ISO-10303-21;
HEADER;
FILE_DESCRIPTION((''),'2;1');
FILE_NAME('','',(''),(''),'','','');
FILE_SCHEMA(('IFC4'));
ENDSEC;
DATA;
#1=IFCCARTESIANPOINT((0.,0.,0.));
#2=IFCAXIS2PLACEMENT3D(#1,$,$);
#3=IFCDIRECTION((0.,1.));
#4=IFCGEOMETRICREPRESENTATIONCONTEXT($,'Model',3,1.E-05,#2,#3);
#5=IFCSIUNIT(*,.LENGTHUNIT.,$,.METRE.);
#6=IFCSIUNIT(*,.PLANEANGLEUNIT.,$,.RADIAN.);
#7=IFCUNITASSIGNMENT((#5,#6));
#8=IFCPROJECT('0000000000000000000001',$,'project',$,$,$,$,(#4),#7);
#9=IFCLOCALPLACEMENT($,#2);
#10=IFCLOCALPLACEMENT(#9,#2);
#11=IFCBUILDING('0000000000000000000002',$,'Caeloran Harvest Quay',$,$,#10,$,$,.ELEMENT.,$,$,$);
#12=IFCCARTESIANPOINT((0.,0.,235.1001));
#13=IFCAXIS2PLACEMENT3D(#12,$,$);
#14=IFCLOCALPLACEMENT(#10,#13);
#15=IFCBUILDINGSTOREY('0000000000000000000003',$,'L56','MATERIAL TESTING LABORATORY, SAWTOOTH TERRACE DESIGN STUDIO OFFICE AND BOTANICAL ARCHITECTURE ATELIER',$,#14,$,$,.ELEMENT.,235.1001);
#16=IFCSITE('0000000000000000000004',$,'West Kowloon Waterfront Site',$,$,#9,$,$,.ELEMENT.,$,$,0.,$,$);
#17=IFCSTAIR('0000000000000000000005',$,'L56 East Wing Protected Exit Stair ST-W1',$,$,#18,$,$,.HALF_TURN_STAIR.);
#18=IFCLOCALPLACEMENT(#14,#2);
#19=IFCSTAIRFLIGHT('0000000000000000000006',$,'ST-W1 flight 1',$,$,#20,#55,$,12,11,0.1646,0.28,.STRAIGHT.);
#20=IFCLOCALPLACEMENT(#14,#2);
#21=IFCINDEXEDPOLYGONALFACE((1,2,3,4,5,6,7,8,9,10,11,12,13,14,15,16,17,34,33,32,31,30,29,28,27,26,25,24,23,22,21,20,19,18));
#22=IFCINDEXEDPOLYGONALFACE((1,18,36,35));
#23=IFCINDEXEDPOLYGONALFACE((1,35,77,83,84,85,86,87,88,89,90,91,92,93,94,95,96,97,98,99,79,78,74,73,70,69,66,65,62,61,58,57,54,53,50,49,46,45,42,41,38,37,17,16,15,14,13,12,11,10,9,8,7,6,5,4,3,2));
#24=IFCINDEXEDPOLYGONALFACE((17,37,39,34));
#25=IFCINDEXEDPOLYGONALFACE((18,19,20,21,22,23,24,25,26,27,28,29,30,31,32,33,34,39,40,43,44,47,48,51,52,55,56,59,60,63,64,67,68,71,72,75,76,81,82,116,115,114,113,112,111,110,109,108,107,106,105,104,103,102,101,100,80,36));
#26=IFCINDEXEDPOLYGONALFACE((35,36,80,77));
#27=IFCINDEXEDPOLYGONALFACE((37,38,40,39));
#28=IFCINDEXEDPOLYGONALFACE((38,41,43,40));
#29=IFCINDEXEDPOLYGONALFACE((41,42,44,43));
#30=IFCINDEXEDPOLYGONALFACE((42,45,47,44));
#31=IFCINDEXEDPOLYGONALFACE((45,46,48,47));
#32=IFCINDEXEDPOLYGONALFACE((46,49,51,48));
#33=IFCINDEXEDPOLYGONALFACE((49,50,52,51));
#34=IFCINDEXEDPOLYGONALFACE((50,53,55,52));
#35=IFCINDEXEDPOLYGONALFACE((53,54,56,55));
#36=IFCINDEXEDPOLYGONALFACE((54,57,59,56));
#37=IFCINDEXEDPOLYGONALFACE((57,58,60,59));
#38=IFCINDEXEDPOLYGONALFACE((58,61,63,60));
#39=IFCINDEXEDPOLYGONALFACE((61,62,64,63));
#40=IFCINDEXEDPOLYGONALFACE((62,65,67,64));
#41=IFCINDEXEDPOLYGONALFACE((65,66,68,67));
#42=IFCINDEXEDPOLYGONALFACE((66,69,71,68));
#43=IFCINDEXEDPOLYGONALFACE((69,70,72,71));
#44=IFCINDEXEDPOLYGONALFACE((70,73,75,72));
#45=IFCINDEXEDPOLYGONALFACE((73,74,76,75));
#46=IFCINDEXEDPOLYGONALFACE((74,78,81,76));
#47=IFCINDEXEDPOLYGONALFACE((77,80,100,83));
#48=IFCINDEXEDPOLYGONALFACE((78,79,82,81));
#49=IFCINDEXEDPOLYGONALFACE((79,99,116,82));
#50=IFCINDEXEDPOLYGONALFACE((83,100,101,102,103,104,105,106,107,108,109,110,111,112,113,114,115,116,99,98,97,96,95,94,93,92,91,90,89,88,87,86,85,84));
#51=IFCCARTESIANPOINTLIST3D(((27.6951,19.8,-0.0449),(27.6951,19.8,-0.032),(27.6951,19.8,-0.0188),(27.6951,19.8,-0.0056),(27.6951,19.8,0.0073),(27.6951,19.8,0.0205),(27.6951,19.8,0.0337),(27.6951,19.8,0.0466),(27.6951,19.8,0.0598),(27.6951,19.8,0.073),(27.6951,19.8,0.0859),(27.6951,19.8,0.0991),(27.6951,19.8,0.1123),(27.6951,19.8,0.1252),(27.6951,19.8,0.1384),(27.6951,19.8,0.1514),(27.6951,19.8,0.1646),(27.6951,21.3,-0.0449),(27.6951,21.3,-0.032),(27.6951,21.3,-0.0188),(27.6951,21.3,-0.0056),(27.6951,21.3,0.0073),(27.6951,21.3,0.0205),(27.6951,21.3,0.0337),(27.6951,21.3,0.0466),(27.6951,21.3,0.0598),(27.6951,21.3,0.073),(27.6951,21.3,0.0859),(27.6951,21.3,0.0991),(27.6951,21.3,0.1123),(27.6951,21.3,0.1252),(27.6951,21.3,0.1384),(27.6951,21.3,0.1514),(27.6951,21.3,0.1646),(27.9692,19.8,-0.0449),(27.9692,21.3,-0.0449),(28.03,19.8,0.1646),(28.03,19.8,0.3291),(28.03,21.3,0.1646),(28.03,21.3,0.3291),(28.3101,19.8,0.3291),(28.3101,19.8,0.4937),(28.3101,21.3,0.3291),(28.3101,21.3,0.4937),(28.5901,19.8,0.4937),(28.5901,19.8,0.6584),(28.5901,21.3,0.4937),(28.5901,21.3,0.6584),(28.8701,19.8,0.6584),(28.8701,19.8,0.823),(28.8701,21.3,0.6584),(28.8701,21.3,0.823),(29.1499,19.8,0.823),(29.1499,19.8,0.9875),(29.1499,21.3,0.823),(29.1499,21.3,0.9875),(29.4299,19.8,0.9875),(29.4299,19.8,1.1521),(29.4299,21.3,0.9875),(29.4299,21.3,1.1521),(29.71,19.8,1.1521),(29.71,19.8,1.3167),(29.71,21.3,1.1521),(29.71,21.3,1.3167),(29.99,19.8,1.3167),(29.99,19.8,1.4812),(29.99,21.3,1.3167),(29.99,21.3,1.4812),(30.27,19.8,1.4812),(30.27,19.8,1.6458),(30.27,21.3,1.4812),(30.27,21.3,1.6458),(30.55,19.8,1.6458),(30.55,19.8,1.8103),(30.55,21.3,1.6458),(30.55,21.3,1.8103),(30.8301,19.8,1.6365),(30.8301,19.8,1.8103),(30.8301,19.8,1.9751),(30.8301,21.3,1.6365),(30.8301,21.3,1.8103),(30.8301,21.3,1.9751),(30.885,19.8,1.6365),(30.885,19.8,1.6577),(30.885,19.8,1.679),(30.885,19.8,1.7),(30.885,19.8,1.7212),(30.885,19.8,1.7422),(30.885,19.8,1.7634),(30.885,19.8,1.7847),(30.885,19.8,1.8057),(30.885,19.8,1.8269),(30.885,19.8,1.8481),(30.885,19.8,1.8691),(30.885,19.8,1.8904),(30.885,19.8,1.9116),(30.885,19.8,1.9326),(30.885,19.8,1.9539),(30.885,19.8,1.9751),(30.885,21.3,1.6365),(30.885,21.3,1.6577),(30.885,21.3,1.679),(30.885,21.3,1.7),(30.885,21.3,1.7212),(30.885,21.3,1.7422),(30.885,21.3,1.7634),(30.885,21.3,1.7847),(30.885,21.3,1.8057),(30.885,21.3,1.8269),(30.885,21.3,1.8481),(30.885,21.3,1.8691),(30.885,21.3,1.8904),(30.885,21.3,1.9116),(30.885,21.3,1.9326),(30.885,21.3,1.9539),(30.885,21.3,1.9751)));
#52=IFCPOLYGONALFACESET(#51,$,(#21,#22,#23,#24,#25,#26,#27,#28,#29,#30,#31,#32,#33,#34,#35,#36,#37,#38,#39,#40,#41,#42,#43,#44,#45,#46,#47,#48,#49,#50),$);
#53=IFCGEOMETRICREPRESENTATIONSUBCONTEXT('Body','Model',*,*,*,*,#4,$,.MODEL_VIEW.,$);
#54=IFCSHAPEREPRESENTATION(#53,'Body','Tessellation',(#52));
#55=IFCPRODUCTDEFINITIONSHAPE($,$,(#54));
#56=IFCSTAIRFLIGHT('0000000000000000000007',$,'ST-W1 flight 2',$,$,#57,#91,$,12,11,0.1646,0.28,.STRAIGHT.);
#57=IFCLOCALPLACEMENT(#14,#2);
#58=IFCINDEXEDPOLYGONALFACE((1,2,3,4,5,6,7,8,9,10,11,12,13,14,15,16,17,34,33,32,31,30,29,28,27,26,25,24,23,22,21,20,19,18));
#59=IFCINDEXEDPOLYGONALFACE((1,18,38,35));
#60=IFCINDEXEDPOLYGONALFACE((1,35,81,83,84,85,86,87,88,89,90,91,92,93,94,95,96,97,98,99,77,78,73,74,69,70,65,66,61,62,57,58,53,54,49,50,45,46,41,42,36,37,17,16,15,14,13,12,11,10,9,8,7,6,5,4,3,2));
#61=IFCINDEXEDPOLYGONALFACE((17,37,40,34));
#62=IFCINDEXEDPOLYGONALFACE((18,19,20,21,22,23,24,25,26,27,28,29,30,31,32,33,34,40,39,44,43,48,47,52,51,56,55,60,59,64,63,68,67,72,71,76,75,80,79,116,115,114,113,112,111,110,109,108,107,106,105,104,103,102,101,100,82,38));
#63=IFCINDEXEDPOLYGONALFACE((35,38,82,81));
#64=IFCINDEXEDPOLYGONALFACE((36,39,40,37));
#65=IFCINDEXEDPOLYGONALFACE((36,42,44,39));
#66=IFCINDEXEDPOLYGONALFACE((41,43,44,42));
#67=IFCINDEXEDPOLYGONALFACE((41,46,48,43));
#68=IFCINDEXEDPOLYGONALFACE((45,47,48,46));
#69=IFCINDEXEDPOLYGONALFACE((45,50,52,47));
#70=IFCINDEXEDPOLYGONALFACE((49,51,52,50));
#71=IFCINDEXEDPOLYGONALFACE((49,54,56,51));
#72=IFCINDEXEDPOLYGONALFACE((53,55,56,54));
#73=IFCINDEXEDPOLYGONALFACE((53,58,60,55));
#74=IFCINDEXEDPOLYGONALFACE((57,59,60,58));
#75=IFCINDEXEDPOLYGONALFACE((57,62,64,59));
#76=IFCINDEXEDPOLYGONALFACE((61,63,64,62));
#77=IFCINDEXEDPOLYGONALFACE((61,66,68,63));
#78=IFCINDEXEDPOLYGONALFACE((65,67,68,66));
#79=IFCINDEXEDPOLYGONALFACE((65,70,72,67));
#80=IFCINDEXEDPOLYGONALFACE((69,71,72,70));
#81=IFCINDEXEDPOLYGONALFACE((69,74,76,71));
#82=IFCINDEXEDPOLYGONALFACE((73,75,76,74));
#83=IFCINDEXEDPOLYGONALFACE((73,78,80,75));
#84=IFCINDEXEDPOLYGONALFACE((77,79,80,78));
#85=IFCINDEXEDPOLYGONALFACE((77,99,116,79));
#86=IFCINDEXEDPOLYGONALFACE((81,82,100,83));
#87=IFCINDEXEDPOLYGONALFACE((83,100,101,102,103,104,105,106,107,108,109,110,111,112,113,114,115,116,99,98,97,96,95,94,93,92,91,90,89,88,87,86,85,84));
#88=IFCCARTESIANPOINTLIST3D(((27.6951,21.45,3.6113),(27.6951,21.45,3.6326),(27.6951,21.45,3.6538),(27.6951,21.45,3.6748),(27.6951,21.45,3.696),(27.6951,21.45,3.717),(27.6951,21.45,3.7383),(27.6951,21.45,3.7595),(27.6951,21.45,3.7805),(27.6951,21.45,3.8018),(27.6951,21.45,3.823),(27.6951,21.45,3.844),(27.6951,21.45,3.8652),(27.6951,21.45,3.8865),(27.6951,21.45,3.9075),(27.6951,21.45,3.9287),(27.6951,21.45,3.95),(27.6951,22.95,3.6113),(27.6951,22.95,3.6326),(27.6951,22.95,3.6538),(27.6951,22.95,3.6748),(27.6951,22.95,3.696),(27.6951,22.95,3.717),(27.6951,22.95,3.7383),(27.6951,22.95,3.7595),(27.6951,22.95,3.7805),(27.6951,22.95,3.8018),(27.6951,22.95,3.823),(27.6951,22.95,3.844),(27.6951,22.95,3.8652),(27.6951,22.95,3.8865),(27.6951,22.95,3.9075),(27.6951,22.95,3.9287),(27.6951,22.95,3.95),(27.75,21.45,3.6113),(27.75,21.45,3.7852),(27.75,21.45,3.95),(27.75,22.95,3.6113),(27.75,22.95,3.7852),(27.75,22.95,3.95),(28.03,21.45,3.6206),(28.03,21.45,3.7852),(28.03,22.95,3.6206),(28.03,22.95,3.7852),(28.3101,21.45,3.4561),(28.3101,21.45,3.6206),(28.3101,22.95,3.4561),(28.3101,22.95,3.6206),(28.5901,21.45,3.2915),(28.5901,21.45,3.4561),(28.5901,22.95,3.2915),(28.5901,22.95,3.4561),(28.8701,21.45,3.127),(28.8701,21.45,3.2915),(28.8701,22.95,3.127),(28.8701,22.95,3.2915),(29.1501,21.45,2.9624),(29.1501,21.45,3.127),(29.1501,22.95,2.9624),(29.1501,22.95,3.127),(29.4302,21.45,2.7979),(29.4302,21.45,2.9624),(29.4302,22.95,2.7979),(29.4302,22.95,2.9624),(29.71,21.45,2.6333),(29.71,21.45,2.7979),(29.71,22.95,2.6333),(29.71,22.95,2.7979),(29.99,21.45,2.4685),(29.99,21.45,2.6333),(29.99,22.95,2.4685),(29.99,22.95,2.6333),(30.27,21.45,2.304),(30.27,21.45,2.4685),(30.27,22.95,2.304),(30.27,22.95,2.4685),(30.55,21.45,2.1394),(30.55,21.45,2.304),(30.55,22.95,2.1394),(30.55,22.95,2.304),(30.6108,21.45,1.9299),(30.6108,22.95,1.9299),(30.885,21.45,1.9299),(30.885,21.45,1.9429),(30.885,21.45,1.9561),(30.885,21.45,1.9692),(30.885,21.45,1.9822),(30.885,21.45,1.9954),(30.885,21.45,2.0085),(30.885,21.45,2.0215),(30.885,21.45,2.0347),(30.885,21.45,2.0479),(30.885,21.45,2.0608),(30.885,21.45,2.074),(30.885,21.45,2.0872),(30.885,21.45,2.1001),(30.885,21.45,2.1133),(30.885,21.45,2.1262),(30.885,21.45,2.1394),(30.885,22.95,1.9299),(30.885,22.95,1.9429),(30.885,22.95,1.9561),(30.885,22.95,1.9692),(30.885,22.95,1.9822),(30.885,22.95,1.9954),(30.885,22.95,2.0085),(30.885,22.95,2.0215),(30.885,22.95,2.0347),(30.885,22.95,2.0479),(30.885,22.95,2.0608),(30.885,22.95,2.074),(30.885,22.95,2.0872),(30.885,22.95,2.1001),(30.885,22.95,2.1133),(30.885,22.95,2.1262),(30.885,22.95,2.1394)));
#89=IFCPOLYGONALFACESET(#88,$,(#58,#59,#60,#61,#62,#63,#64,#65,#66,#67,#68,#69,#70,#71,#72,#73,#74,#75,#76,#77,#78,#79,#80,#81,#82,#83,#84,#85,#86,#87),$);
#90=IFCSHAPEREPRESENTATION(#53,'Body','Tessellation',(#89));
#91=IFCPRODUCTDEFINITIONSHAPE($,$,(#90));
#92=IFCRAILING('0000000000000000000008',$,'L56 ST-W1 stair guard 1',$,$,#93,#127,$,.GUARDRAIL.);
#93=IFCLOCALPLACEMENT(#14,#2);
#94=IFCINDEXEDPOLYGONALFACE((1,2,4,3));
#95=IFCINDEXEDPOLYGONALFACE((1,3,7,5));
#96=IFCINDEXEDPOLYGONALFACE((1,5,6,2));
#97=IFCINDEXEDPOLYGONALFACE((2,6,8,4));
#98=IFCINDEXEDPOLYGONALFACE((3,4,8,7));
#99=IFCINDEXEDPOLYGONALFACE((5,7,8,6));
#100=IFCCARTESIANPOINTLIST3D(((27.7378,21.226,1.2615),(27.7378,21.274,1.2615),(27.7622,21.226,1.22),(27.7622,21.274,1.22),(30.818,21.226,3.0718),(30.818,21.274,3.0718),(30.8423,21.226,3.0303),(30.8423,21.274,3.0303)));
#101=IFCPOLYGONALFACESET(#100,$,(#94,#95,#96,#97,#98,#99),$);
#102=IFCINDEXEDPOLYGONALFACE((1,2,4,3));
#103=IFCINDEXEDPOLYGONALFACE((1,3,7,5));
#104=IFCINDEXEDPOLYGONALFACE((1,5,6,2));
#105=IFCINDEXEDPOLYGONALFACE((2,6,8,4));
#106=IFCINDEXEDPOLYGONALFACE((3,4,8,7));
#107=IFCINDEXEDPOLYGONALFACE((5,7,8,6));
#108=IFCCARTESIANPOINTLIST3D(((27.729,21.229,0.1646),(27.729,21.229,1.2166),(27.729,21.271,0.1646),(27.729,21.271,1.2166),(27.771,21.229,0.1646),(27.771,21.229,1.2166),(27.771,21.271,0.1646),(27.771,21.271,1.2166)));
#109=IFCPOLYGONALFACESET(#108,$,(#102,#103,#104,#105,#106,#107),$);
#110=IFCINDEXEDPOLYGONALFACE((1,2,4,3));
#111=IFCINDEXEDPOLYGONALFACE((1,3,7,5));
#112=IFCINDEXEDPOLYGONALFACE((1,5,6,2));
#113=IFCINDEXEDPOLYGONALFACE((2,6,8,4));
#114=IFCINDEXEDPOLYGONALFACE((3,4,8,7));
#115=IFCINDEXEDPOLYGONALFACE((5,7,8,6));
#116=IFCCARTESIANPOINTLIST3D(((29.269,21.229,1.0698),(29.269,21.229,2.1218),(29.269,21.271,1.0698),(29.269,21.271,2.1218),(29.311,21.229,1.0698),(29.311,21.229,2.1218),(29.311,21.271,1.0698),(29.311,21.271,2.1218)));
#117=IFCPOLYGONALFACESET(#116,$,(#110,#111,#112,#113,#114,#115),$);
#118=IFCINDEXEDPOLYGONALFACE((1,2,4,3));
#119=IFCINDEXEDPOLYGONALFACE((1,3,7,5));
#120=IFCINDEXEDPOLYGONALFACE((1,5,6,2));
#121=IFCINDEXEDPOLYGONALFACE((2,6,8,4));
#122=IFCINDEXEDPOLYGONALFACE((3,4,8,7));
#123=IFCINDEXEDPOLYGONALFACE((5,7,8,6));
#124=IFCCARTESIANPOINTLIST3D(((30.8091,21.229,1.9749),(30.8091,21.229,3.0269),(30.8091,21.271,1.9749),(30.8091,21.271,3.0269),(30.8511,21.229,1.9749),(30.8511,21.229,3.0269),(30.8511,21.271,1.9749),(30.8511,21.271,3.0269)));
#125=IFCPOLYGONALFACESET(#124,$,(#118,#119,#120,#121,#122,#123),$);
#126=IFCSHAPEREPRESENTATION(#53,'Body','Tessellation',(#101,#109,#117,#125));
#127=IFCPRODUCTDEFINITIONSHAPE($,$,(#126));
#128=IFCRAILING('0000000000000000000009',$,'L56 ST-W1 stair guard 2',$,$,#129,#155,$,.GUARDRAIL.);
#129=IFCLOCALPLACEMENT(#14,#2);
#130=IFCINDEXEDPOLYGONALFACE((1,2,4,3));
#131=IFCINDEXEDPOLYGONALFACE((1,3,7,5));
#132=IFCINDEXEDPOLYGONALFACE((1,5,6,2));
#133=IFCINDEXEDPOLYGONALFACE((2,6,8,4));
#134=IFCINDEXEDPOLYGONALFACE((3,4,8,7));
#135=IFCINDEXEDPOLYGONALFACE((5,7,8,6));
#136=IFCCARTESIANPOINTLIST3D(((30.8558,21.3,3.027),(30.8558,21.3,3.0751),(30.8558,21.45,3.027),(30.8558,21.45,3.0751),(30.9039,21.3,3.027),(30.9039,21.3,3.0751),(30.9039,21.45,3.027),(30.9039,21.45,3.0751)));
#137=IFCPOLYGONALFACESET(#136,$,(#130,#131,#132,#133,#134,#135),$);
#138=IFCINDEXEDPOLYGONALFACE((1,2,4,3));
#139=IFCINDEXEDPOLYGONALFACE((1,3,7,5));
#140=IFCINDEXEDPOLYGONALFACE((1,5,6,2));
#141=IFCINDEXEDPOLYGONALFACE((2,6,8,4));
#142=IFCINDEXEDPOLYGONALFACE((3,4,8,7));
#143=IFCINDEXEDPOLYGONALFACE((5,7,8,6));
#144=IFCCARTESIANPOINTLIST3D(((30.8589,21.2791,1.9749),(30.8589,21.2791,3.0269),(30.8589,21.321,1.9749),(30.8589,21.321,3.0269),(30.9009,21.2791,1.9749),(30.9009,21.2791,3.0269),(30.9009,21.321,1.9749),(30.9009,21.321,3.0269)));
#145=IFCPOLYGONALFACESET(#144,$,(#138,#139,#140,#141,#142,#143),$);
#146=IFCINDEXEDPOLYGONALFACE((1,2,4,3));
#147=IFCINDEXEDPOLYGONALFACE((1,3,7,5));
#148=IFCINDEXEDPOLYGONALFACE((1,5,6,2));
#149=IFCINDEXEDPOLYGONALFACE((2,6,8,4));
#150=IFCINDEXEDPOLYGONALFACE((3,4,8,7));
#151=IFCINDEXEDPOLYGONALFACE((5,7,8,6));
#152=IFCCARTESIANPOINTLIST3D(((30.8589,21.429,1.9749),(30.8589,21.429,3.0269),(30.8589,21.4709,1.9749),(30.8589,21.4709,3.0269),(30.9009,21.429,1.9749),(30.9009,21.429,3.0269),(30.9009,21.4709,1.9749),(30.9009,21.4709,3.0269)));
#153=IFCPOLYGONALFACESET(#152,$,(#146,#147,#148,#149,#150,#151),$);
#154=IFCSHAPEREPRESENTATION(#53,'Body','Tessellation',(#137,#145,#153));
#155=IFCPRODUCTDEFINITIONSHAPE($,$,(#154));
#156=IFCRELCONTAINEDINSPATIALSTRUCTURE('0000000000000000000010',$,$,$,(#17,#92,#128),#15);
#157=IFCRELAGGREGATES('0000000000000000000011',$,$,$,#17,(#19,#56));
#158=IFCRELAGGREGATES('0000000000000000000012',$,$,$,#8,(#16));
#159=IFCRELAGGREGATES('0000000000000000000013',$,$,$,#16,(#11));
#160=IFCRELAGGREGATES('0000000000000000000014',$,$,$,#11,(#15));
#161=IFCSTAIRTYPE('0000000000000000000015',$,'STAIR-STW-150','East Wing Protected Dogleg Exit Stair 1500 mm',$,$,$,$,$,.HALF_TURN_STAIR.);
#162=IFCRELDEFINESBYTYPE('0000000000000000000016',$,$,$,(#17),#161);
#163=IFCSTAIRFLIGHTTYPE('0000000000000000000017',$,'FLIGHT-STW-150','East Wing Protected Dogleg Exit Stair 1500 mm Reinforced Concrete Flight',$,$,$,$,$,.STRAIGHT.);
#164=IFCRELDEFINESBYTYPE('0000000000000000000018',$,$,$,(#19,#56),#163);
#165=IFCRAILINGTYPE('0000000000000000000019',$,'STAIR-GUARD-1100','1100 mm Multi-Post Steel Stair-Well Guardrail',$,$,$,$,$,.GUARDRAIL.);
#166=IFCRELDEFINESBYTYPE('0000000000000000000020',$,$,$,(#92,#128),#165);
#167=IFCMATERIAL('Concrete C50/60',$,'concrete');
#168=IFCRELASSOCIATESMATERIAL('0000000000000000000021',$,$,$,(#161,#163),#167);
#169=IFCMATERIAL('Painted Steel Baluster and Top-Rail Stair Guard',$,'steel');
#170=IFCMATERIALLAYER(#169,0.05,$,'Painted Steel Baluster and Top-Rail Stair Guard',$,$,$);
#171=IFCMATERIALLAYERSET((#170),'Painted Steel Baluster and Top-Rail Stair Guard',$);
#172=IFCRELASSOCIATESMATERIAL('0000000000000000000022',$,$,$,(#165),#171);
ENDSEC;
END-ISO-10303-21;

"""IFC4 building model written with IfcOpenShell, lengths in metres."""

from ifc_helpers import new_model, si_unit, direction, frame, origin, origin_2d, place, context, subcontext, project, spatial, polyline, rectangle, outline, extrude, material, layer, layer_set, type_object, element, aggregate, save


model = new_model("IFC4")

# Units and contexts
model_context = context("Model", 3, precision=1e-05, world=origin(), true_north=direction((0.0, 1.0)))
body_context = subcontext(model_context, "Body", "Model", "MODEL_VIEW")
ifc_project = project(units=[si_unit("LENGTHUNIT", "METRE"), si_unit("PLANEANGLEUNIT", "RADIAN")], contexts=[model_context])

# Site, building, storey
site_placement = place(None, origin())
site = spatial("IfcSite", under=ifc_project, at=site_placement, Name="West Kowloon Waterfront Site", CompositionType="ELEMENT", RefElevation=0.0)
building_placement = place(site_placement, origin())
building = spatial("IfcBuilding", under=site, at=building_placement, Name="Caeloran Harvest Quay", CompositionType="ELEMENT")
storey_placement = place(building_placement, frame((0.0, 0.0, 235.1001)))
storey = spatial("IfcBuildingStorey", under=building, at=storey_placement, Name="L56", Description="MATERIAL TESTING LABORATORY, SAWTOOTH TERRACE DESIGN STUDIO OFFICE AND BOTANICAL ARCHITECTURE ATELIER", CompositionType="ELEMENT", Elevation=235.1001)

# Stair, stair flights
ifc_material_1 = material(Name="Concrete C50/60", Category="concrete")
stair_type = type_object("IfcStairType", Name="STAIR-STW-150", Description="East Wing Protected Dogleg Exit Stair 1500 mm", PredefinedType="HALF_TURN_STAIR", material=ifc_material_1)
stair_placement = place(storey_placement, origin())
stair = element("IfcStair", 1, at=stair_placement, inside=storey, type_object=stair_type, Name="L56 East Wing Protected Exit Stair ST-W1", PredefinedType="HALF_TURN_STAIR")
stair_flight_type = type_object("IfcStairFlightType", Name="FLIGHT-STW-150", Description="East Wing Protected Dogleg Exit Stair 1500 mm Reinforced Concrete Flight", PredefinedType="STRAIGHT", material=ifc_material_1)
stair_flight_1_placement = place(storey_placement, frame((27.75, 20.55, 0.0), z_axis=(0.0, 0.0, 1.0), x_axis=(1.0, 0.0, 0.0)))
stair_flight_1 = element("IfcStairFlight", 2, at=stair_flight_1_placement, type_object=stair_flight_type, Name="ST-W1 flight 1", NumberOfRisers=12, NumberOfTreads=11, PredefinedType="STRAIGHT", RiserHeight=0.1646, TreadLength=0.28, context=body_context, shape_type="SweptSolid", body=[
    extrude(outline(polyline([(-0.0549, -0.0449), (-0.0549, -0.032), (-0.0549, -0.0188), (-0.0549, -0.0056), (-0.0549, 0.0073), (-0.0549, 0.0205), (-0.0549, 0.0337), (-0.0549, 0.0466), (-0.0549, 0.0598), (-0.0549, 0.073), (-0.0549, 0.0859), (-0.0549, 0.0991), (-0.0549, 0.1123), (-0.0549, 0.1252), (-0.0549, 0.1384), (-0.0549, 0.1514), (-0.0549, 0.1646), (0.28, 0.1646), (0.28, 0.3291), (0.5601, 0.3291), (0.5601, 0.4937), (0.8401, 0.4937), (0.8401, 0.6584), (1.1201, 0.6584), (1.1201, 0.823), (1.3999, 0.823), (1.3999, 0.9875), (1.6799, 0.9875), (1.6799, 1.1521), (1.96, 1.1521), (1.96, 1.3167), (2.24, 1.3167), (2.24, 1.4812), (2.52, 1.4812), (2.52, 1.6458), (2.8, 1.6458), (2.8, 1.8103), (3.0801, 1.8103), (3.0801, 1.9751), (3.135, 1.9751), (3.135, 1.9539), (3.135, 1.9326), (3.135, 1.9116), (3.135, 1.8904), (3.135, 1.8691), (3.135, 1.8481), (3.135, 1.8269), (3.135, 1.8057), (3.135, 1.7847), (3.135, 1.7634), (3.135, 1.7422), (3.135, 1.7212), (3.135, 1.7), (3.135, 1.679), (3.135, 1.6577), (3.135, 1.6365), (3.0801, 1.6365), (0.2192, -0.0449), (-0.0549, -0.0449)])), frame((0.0, 0.75, 0.0), z_axis=(0.0, -1.0, 0.0), x_axis=(1.0, 0.0, 0.0)), (0.0, 0.0, 1.0), 1.5),
])
stair_flight_2_placement = place(storey_placement, frame((30.8301, 22.2, 1.9749), z_axis=(0.0, 0.0, 1.0), x_axis=(-1.0, 0.0, 0.0)))
stair_flight_2 = element("IfcStairFlight", 3, at=stair_flight_2_placement, type_object=stair_flight_type, Name="ST-W1 flight 2", NumberOfRisers=12, NumberOfTreads=11, PredefinedType="STRAIGHT", RiserHeight=0.1646, TreadLength=0.28, context=body_context, shape_type="SweptSolid", body=[
    extrude(outline(polyline([(-0.0549, -0.0449), (-0.0549, -0.032), (-0.0549, -0.0188), (-0.0549, -0.0056), (-0.0549, 0.0073), (-0.0549, 0.0205), (-0.0549, 0.0337), (-0.0549, 0.0466), (-0.0549, 0.0598), (-0.0549, 0.073), (-0.0549, 0.0859), (-0.0549, 0.0991), (-0.0549, 0.1123), (-0.0549, 0.1252), (-0.0549, 0.1384), (-0.0549, 0.1514), (-0.0549, 0.1646), (0.28, 0.1646), (0.28, 0.3291), (0.5601, 0.3291), (0.5601, 0.4937), (0.8401, 0.4937), (0.8401, 0.6584), (1.1201, 0.6584), (1.1201, 0.823), (1.3999, 0.823), (1.3999, 0.9875), (1.6799, 0.9875), (1.6799, 1.1521), (1.96, 1.1521), (1.96, 1.3167), (2.24, 1.3167), (2.24, 1.4812), (2.52, 1.4812), (2.52, 1.6458), (2.8, 1.6458), (2.8, 1.8103), (3.0801, 1.8103), (3.0801, 1.9751), (3.135, 1.9751), (3.135, 1.9539), (3.135, 1.9326), (3.135, 1.9116), (3.135, 1.8904), (3.135, 1.8691), (3.135, 1.8481), (3.135, 1.8269), (3.135, 1.8057), (3.135, 1.7847), (3.135, 1.7634), (3.135, 1.7422), (3.135, 1.7212), (3.135, 1.7), (3.135, 1.679), (3.135, 1.6577), (3.135, 1.6365), (3.0801, 1.6365), (0.2192, -0.0449), (-0.0549, -0.0449)])), frame((0.0, 0.75, 0.0), z_axis=(0.0, -1.0, 0.0), x_axis=(1.0, 0.0, 0.0)), (0.0, 0.0, 1.0), 1.5),
])
aggregate(stair, [stair_flight_1, stair_flight_2])

# Railings
ifc_material_2 = material(Name="Painted Steel Baluster and Top-Rail Stair Guard", Category="steel")
ifc_layer_1 = layer(ifc_material_2, 0.05, Name="Painted Steel Baluster and Top-Rail Stair Guard")
ifc_layer_set_1 = layer_set([ifc_layer_1], Name="Painted Steel Baluster and Top-Rail Stair Guard")
railing_type_1 = type_object("IfcRailingType", Name="STAIR-GUARD-1100", Description="1100 mm Multi-Post Steel Stair-Well Guardrail", PredefinedType="GUARDRAIL", material=ifc_layer_set_1)
railing_1_placement = place(storey_placement, frame((27.75, 21.25, 0.1646)))
element("IfcRailing", 4, at=railing_1_placement, inside=storey, type_object=railing_type_1, Name="L56 ST-W1 stair guard 1", PredefinedType="GUARDRAIL", context=body_context, shape_type="SweptSolid", body=[
    extrude(rectangle(XDim=0.0481, YDim=0.0481, at=origin_2d()), frame((0.0, 0.0, 1.0762), z_axis=(0.862119, 0.0, 0.506707), x_axis=(0.0, 1.0, 0.0)), (0.0, 0.0, 1.0), 3.5728),
    extrude(rectangle(XDim=0.042, YDim=0.042, at=origin_2d()), origin(), (0.0, 0.0, 1.0), 1.052),
    extrude(rectangle(XDim=0.042, YDim=0.042, at=origin_2d()), frame((1.54, 0.0, 0.9053)), (0.0, 0.0, 1.0), 1.052),
    extrude(rectangle(XDim=0.042, YDim=0.042, at=origin_2d()), frame((3.0801, 0.0, 1.8103)), (0.0, 0.0, 1.0), 1.052),
])
railing_2_placement = place(storey_placement, frame((30.8799, 21.3, 1.9749)))
element("IfcRailing", 5, at=railing_2_placement, inside=storey, type_object=railing_type_1, Name="L56 ST-W1 stair guard 2", PredefinedType="GUARDRAIL", context=body_context, shape_type="SweptSolid", body=[
    extrude(rectangle(XDim=0.0481, YDim=0.0481, at=origin_2d()), frame((0.0, 0.0, 1.0762), z_axis=(0.0, 1.0, 0.0), x_axis=(-1.0, 0.0, 0.0)), (0.0, 0.0, 1.0), 0.1499),
    extrude(rectangle(XDim=0.042, YDim=0.042, at=origin_2d()), origin(), (0.0, 0.0, 1.0), 1.052),
    extrude(rectangle(XDim=0.042, YDim=0.042, at=origin_2d()), frame((0.0, 0.1499, 0.0)), (0.0, 0.0, 1.0), 1.052),
])

save(model, "model.ifc")
